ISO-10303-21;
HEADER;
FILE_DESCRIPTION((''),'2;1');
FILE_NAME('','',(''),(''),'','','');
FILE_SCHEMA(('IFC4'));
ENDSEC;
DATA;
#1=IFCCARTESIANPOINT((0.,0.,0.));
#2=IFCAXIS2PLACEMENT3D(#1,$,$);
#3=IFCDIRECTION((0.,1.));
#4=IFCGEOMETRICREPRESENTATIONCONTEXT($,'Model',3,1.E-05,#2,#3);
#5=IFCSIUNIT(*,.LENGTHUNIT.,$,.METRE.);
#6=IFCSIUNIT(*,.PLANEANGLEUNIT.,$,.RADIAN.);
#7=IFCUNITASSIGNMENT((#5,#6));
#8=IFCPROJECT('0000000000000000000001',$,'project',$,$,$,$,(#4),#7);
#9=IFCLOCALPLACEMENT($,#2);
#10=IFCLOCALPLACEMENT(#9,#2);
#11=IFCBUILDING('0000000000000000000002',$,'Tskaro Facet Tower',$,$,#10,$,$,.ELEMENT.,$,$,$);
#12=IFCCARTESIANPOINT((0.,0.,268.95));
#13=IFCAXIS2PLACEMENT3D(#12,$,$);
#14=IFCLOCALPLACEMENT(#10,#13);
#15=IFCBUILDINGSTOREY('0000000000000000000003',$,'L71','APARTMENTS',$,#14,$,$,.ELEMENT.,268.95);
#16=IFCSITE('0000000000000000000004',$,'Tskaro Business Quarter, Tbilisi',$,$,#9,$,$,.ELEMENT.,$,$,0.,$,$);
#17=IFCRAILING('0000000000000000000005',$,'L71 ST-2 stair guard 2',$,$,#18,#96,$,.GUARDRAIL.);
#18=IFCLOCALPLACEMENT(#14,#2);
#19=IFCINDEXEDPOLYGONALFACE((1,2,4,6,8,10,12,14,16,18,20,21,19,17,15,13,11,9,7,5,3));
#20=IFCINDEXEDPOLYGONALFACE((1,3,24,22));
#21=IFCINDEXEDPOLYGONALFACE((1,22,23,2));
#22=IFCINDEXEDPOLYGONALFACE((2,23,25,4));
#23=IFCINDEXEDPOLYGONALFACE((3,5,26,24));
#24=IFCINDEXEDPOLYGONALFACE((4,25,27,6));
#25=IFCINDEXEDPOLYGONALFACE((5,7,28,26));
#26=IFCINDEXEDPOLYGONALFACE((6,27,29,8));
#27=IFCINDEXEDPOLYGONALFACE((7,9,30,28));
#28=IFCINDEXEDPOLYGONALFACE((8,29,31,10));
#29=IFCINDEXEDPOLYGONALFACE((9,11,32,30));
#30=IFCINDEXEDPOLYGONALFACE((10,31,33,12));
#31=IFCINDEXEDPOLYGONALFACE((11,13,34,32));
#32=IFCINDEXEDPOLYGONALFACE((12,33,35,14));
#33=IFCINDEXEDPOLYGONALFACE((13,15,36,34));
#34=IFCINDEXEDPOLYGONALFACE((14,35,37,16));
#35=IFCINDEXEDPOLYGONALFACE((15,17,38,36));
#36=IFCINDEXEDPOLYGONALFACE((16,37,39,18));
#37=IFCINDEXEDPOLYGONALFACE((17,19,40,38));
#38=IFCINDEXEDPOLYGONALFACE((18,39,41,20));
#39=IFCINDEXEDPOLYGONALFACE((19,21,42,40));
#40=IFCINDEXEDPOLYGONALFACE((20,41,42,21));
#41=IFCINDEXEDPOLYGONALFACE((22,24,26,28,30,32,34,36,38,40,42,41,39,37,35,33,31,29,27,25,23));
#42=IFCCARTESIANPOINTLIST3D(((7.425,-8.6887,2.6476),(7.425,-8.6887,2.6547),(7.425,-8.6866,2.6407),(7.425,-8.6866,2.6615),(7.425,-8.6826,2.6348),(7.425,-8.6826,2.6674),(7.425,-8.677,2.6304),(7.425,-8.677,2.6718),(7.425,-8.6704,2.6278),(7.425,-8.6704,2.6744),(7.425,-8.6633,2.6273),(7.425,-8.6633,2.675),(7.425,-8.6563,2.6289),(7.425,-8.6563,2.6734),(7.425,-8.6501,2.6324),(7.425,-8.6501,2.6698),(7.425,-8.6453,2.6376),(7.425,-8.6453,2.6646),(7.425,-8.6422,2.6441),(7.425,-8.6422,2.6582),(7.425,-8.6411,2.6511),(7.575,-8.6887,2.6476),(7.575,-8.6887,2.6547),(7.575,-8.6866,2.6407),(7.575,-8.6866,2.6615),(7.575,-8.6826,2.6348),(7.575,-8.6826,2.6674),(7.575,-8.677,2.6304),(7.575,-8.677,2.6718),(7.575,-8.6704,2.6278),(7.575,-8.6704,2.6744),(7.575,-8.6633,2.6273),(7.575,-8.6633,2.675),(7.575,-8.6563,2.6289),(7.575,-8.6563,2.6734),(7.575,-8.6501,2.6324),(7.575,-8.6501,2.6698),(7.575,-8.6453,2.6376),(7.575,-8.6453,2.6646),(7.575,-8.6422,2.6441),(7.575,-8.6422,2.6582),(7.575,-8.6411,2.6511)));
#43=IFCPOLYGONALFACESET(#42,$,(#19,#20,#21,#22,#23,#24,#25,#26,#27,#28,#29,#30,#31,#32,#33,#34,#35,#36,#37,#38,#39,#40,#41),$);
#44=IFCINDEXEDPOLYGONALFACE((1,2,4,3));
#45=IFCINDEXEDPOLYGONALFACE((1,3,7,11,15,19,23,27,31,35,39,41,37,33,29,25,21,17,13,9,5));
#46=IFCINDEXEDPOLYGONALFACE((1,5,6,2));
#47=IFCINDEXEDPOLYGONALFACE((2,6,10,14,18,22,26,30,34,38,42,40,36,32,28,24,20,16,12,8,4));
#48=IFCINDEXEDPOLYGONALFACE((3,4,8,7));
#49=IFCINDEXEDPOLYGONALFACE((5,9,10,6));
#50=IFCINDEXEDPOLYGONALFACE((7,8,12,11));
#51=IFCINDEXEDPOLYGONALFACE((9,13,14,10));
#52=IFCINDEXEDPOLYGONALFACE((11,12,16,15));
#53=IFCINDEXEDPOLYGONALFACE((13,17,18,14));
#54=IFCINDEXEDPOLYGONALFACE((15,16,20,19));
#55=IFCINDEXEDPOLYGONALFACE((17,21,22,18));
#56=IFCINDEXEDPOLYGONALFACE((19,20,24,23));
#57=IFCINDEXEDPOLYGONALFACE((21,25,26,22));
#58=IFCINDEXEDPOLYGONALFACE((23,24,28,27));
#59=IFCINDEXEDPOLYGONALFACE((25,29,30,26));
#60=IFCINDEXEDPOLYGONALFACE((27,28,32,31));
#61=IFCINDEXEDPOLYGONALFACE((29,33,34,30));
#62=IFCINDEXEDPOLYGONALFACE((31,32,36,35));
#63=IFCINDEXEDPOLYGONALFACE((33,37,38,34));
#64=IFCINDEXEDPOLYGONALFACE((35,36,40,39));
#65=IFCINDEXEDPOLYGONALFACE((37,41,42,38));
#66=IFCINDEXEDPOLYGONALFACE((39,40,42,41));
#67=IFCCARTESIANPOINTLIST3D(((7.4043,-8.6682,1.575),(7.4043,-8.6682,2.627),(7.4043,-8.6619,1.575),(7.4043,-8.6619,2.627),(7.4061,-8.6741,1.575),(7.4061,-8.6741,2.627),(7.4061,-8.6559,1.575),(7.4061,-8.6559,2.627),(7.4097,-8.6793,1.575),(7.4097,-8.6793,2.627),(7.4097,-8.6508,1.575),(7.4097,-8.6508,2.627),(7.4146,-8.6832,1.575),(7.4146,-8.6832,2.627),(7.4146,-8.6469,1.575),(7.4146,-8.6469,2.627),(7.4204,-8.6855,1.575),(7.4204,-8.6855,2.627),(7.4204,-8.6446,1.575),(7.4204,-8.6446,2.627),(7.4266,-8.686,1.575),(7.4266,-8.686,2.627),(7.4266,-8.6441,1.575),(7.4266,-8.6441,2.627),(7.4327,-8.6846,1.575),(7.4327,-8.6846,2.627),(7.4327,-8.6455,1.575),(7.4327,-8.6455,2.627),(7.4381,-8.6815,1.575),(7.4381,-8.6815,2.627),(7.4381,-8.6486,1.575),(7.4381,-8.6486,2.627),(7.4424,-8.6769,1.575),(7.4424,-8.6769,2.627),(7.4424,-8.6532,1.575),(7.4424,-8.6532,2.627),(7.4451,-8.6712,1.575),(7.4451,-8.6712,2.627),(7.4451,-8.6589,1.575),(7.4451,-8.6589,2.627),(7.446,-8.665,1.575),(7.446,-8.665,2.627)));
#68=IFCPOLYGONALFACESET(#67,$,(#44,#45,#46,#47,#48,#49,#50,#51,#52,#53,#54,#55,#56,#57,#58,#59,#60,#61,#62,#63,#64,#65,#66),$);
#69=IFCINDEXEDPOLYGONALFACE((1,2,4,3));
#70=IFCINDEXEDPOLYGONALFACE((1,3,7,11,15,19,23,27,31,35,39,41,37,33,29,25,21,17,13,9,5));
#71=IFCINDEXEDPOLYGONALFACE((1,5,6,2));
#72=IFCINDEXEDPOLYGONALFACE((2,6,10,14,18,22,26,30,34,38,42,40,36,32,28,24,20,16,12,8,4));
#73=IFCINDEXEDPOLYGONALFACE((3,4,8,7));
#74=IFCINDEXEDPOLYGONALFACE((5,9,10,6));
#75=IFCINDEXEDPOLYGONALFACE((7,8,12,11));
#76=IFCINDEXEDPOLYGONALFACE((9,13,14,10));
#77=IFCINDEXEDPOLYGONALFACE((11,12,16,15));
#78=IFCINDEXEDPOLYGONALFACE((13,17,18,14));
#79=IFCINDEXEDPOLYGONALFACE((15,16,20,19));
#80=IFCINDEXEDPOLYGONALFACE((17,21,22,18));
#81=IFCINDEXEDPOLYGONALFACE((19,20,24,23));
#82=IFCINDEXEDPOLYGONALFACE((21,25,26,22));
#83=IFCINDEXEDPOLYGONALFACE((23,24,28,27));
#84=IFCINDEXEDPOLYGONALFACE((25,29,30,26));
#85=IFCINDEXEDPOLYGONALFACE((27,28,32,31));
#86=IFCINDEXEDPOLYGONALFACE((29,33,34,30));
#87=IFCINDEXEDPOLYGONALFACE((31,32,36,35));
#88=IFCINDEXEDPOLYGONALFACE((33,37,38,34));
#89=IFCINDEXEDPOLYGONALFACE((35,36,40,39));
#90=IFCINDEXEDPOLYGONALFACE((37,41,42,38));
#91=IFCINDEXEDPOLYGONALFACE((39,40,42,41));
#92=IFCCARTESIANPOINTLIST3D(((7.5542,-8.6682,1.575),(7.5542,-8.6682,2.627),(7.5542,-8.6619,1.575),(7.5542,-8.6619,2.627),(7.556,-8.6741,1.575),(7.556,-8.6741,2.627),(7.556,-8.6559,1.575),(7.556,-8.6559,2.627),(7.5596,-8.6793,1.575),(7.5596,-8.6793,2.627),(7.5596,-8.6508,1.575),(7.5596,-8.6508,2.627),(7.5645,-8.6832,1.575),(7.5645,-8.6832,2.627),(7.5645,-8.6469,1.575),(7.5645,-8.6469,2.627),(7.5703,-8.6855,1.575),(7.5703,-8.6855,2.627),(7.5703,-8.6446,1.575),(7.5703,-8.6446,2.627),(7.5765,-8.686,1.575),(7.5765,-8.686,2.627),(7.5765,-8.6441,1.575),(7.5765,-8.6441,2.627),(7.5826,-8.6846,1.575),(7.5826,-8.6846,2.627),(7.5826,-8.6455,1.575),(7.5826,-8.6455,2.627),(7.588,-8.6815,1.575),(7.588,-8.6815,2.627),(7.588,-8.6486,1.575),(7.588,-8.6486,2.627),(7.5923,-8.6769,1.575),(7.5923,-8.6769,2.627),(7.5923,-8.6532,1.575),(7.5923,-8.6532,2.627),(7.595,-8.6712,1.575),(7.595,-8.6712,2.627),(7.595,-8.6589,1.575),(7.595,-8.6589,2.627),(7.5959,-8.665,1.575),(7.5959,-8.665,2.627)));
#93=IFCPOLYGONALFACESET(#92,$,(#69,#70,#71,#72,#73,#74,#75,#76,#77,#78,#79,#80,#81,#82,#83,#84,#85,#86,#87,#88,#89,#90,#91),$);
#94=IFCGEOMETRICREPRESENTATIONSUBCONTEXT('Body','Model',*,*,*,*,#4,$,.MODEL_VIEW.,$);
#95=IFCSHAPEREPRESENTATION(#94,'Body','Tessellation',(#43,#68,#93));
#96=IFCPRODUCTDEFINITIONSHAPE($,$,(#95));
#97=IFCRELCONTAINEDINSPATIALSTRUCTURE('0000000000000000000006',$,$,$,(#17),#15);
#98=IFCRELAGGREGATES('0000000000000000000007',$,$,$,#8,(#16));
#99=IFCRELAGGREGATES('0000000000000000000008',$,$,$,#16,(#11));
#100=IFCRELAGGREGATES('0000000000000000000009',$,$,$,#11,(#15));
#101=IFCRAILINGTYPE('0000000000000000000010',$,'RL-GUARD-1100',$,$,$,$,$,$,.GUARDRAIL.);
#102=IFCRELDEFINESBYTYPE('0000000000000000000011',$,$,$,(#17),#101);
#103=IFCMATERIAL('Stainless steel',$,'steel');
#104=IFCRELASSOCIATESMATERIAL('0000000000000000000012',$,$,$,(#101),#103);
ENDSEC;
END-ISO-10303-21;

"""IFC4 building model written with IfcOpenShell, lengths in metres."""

from ifc_helpers import new_model, si_unit, direction, frame, origin, origin_2d, place, context, subcontext, project, spatial, circle, extrude, material, type_object, element, save


model = new_model("IFC4")

# Units and contexts
model_context = context("Model", 3, precision=1e-05, world=origin(), true_north=direction((0.0, 1.0)))
body_context = subcontext(model_context, "Body", "Model", "MODEL_VIEW")
ifc_project = project(units=[si_unit("LENGTHUNIT", "METRE"), si_unit("PLANEANGLEUNIT", "RADIAN")], contexts=[model_context])

# Site, building, storey
site_placement = place(None, origin())
site = spatial("IfcSite", under=ifc_project, at=site_placement, Name="Tskaro Business Quarter, Tbilisi", CompositionType="ELEMENT", RefElevation=0.0)
building_placement = place(site_placement, origin())
building = spatial("IfcBuilding", under=site, at=building_placement, Name="Tskaro Facet Tower", CompositionType="ELEMENT")
storey_placement = place(building_placement, frame((0.0, 0.0, 268.95)))
storey = spatial("IfcBuildingStorey", under=building, at=storey_placement, Name="L71", Description="APARTMENTS", CompositionType="ELEMENT", Elevation=268.95)

# Railing
ifc_material_1 = material(Name="Stainless steel", Category="steel")
railing_type_1 = type_object("IfcRailingType", Name="RL-GUARD-1100", PredefinedType="GUARDRAIL", material=ifc_material_1)
railing_1_placement = place(storey_placement, frame((7.425, -8.665, 1.575)))
element("IfcRailing", 1, at=railing_1_placement, inside=storey, type_object=railing_type_1, Name="L71 ST-2 stair guard 2", PredefinedType="GUARDRAIL", context=body_context, shape_type="SweptSolid", body=[
    extrude(circle(Radius=0.0239, at=origin_2d()), frame((0.0, 0.0, 1.0762), z_axis=(1.0, 0.0, 0.0), x_axis=(0.0, 1.0, 0.0)), (0.0, 0.0, 1.0), 0.1499),
    extrude(circle(Radius=0.021, at=origin_2d()), origin(), (0.0, 0.0, 1.0), 1.052),
    extrude(circle(Radius=0.021, at=origin_2d()), frame((0.1499, 0.0, 0.0)), (0.0, 0.0, 1.0), 1.052),
])

save(model, "model.ifc")
